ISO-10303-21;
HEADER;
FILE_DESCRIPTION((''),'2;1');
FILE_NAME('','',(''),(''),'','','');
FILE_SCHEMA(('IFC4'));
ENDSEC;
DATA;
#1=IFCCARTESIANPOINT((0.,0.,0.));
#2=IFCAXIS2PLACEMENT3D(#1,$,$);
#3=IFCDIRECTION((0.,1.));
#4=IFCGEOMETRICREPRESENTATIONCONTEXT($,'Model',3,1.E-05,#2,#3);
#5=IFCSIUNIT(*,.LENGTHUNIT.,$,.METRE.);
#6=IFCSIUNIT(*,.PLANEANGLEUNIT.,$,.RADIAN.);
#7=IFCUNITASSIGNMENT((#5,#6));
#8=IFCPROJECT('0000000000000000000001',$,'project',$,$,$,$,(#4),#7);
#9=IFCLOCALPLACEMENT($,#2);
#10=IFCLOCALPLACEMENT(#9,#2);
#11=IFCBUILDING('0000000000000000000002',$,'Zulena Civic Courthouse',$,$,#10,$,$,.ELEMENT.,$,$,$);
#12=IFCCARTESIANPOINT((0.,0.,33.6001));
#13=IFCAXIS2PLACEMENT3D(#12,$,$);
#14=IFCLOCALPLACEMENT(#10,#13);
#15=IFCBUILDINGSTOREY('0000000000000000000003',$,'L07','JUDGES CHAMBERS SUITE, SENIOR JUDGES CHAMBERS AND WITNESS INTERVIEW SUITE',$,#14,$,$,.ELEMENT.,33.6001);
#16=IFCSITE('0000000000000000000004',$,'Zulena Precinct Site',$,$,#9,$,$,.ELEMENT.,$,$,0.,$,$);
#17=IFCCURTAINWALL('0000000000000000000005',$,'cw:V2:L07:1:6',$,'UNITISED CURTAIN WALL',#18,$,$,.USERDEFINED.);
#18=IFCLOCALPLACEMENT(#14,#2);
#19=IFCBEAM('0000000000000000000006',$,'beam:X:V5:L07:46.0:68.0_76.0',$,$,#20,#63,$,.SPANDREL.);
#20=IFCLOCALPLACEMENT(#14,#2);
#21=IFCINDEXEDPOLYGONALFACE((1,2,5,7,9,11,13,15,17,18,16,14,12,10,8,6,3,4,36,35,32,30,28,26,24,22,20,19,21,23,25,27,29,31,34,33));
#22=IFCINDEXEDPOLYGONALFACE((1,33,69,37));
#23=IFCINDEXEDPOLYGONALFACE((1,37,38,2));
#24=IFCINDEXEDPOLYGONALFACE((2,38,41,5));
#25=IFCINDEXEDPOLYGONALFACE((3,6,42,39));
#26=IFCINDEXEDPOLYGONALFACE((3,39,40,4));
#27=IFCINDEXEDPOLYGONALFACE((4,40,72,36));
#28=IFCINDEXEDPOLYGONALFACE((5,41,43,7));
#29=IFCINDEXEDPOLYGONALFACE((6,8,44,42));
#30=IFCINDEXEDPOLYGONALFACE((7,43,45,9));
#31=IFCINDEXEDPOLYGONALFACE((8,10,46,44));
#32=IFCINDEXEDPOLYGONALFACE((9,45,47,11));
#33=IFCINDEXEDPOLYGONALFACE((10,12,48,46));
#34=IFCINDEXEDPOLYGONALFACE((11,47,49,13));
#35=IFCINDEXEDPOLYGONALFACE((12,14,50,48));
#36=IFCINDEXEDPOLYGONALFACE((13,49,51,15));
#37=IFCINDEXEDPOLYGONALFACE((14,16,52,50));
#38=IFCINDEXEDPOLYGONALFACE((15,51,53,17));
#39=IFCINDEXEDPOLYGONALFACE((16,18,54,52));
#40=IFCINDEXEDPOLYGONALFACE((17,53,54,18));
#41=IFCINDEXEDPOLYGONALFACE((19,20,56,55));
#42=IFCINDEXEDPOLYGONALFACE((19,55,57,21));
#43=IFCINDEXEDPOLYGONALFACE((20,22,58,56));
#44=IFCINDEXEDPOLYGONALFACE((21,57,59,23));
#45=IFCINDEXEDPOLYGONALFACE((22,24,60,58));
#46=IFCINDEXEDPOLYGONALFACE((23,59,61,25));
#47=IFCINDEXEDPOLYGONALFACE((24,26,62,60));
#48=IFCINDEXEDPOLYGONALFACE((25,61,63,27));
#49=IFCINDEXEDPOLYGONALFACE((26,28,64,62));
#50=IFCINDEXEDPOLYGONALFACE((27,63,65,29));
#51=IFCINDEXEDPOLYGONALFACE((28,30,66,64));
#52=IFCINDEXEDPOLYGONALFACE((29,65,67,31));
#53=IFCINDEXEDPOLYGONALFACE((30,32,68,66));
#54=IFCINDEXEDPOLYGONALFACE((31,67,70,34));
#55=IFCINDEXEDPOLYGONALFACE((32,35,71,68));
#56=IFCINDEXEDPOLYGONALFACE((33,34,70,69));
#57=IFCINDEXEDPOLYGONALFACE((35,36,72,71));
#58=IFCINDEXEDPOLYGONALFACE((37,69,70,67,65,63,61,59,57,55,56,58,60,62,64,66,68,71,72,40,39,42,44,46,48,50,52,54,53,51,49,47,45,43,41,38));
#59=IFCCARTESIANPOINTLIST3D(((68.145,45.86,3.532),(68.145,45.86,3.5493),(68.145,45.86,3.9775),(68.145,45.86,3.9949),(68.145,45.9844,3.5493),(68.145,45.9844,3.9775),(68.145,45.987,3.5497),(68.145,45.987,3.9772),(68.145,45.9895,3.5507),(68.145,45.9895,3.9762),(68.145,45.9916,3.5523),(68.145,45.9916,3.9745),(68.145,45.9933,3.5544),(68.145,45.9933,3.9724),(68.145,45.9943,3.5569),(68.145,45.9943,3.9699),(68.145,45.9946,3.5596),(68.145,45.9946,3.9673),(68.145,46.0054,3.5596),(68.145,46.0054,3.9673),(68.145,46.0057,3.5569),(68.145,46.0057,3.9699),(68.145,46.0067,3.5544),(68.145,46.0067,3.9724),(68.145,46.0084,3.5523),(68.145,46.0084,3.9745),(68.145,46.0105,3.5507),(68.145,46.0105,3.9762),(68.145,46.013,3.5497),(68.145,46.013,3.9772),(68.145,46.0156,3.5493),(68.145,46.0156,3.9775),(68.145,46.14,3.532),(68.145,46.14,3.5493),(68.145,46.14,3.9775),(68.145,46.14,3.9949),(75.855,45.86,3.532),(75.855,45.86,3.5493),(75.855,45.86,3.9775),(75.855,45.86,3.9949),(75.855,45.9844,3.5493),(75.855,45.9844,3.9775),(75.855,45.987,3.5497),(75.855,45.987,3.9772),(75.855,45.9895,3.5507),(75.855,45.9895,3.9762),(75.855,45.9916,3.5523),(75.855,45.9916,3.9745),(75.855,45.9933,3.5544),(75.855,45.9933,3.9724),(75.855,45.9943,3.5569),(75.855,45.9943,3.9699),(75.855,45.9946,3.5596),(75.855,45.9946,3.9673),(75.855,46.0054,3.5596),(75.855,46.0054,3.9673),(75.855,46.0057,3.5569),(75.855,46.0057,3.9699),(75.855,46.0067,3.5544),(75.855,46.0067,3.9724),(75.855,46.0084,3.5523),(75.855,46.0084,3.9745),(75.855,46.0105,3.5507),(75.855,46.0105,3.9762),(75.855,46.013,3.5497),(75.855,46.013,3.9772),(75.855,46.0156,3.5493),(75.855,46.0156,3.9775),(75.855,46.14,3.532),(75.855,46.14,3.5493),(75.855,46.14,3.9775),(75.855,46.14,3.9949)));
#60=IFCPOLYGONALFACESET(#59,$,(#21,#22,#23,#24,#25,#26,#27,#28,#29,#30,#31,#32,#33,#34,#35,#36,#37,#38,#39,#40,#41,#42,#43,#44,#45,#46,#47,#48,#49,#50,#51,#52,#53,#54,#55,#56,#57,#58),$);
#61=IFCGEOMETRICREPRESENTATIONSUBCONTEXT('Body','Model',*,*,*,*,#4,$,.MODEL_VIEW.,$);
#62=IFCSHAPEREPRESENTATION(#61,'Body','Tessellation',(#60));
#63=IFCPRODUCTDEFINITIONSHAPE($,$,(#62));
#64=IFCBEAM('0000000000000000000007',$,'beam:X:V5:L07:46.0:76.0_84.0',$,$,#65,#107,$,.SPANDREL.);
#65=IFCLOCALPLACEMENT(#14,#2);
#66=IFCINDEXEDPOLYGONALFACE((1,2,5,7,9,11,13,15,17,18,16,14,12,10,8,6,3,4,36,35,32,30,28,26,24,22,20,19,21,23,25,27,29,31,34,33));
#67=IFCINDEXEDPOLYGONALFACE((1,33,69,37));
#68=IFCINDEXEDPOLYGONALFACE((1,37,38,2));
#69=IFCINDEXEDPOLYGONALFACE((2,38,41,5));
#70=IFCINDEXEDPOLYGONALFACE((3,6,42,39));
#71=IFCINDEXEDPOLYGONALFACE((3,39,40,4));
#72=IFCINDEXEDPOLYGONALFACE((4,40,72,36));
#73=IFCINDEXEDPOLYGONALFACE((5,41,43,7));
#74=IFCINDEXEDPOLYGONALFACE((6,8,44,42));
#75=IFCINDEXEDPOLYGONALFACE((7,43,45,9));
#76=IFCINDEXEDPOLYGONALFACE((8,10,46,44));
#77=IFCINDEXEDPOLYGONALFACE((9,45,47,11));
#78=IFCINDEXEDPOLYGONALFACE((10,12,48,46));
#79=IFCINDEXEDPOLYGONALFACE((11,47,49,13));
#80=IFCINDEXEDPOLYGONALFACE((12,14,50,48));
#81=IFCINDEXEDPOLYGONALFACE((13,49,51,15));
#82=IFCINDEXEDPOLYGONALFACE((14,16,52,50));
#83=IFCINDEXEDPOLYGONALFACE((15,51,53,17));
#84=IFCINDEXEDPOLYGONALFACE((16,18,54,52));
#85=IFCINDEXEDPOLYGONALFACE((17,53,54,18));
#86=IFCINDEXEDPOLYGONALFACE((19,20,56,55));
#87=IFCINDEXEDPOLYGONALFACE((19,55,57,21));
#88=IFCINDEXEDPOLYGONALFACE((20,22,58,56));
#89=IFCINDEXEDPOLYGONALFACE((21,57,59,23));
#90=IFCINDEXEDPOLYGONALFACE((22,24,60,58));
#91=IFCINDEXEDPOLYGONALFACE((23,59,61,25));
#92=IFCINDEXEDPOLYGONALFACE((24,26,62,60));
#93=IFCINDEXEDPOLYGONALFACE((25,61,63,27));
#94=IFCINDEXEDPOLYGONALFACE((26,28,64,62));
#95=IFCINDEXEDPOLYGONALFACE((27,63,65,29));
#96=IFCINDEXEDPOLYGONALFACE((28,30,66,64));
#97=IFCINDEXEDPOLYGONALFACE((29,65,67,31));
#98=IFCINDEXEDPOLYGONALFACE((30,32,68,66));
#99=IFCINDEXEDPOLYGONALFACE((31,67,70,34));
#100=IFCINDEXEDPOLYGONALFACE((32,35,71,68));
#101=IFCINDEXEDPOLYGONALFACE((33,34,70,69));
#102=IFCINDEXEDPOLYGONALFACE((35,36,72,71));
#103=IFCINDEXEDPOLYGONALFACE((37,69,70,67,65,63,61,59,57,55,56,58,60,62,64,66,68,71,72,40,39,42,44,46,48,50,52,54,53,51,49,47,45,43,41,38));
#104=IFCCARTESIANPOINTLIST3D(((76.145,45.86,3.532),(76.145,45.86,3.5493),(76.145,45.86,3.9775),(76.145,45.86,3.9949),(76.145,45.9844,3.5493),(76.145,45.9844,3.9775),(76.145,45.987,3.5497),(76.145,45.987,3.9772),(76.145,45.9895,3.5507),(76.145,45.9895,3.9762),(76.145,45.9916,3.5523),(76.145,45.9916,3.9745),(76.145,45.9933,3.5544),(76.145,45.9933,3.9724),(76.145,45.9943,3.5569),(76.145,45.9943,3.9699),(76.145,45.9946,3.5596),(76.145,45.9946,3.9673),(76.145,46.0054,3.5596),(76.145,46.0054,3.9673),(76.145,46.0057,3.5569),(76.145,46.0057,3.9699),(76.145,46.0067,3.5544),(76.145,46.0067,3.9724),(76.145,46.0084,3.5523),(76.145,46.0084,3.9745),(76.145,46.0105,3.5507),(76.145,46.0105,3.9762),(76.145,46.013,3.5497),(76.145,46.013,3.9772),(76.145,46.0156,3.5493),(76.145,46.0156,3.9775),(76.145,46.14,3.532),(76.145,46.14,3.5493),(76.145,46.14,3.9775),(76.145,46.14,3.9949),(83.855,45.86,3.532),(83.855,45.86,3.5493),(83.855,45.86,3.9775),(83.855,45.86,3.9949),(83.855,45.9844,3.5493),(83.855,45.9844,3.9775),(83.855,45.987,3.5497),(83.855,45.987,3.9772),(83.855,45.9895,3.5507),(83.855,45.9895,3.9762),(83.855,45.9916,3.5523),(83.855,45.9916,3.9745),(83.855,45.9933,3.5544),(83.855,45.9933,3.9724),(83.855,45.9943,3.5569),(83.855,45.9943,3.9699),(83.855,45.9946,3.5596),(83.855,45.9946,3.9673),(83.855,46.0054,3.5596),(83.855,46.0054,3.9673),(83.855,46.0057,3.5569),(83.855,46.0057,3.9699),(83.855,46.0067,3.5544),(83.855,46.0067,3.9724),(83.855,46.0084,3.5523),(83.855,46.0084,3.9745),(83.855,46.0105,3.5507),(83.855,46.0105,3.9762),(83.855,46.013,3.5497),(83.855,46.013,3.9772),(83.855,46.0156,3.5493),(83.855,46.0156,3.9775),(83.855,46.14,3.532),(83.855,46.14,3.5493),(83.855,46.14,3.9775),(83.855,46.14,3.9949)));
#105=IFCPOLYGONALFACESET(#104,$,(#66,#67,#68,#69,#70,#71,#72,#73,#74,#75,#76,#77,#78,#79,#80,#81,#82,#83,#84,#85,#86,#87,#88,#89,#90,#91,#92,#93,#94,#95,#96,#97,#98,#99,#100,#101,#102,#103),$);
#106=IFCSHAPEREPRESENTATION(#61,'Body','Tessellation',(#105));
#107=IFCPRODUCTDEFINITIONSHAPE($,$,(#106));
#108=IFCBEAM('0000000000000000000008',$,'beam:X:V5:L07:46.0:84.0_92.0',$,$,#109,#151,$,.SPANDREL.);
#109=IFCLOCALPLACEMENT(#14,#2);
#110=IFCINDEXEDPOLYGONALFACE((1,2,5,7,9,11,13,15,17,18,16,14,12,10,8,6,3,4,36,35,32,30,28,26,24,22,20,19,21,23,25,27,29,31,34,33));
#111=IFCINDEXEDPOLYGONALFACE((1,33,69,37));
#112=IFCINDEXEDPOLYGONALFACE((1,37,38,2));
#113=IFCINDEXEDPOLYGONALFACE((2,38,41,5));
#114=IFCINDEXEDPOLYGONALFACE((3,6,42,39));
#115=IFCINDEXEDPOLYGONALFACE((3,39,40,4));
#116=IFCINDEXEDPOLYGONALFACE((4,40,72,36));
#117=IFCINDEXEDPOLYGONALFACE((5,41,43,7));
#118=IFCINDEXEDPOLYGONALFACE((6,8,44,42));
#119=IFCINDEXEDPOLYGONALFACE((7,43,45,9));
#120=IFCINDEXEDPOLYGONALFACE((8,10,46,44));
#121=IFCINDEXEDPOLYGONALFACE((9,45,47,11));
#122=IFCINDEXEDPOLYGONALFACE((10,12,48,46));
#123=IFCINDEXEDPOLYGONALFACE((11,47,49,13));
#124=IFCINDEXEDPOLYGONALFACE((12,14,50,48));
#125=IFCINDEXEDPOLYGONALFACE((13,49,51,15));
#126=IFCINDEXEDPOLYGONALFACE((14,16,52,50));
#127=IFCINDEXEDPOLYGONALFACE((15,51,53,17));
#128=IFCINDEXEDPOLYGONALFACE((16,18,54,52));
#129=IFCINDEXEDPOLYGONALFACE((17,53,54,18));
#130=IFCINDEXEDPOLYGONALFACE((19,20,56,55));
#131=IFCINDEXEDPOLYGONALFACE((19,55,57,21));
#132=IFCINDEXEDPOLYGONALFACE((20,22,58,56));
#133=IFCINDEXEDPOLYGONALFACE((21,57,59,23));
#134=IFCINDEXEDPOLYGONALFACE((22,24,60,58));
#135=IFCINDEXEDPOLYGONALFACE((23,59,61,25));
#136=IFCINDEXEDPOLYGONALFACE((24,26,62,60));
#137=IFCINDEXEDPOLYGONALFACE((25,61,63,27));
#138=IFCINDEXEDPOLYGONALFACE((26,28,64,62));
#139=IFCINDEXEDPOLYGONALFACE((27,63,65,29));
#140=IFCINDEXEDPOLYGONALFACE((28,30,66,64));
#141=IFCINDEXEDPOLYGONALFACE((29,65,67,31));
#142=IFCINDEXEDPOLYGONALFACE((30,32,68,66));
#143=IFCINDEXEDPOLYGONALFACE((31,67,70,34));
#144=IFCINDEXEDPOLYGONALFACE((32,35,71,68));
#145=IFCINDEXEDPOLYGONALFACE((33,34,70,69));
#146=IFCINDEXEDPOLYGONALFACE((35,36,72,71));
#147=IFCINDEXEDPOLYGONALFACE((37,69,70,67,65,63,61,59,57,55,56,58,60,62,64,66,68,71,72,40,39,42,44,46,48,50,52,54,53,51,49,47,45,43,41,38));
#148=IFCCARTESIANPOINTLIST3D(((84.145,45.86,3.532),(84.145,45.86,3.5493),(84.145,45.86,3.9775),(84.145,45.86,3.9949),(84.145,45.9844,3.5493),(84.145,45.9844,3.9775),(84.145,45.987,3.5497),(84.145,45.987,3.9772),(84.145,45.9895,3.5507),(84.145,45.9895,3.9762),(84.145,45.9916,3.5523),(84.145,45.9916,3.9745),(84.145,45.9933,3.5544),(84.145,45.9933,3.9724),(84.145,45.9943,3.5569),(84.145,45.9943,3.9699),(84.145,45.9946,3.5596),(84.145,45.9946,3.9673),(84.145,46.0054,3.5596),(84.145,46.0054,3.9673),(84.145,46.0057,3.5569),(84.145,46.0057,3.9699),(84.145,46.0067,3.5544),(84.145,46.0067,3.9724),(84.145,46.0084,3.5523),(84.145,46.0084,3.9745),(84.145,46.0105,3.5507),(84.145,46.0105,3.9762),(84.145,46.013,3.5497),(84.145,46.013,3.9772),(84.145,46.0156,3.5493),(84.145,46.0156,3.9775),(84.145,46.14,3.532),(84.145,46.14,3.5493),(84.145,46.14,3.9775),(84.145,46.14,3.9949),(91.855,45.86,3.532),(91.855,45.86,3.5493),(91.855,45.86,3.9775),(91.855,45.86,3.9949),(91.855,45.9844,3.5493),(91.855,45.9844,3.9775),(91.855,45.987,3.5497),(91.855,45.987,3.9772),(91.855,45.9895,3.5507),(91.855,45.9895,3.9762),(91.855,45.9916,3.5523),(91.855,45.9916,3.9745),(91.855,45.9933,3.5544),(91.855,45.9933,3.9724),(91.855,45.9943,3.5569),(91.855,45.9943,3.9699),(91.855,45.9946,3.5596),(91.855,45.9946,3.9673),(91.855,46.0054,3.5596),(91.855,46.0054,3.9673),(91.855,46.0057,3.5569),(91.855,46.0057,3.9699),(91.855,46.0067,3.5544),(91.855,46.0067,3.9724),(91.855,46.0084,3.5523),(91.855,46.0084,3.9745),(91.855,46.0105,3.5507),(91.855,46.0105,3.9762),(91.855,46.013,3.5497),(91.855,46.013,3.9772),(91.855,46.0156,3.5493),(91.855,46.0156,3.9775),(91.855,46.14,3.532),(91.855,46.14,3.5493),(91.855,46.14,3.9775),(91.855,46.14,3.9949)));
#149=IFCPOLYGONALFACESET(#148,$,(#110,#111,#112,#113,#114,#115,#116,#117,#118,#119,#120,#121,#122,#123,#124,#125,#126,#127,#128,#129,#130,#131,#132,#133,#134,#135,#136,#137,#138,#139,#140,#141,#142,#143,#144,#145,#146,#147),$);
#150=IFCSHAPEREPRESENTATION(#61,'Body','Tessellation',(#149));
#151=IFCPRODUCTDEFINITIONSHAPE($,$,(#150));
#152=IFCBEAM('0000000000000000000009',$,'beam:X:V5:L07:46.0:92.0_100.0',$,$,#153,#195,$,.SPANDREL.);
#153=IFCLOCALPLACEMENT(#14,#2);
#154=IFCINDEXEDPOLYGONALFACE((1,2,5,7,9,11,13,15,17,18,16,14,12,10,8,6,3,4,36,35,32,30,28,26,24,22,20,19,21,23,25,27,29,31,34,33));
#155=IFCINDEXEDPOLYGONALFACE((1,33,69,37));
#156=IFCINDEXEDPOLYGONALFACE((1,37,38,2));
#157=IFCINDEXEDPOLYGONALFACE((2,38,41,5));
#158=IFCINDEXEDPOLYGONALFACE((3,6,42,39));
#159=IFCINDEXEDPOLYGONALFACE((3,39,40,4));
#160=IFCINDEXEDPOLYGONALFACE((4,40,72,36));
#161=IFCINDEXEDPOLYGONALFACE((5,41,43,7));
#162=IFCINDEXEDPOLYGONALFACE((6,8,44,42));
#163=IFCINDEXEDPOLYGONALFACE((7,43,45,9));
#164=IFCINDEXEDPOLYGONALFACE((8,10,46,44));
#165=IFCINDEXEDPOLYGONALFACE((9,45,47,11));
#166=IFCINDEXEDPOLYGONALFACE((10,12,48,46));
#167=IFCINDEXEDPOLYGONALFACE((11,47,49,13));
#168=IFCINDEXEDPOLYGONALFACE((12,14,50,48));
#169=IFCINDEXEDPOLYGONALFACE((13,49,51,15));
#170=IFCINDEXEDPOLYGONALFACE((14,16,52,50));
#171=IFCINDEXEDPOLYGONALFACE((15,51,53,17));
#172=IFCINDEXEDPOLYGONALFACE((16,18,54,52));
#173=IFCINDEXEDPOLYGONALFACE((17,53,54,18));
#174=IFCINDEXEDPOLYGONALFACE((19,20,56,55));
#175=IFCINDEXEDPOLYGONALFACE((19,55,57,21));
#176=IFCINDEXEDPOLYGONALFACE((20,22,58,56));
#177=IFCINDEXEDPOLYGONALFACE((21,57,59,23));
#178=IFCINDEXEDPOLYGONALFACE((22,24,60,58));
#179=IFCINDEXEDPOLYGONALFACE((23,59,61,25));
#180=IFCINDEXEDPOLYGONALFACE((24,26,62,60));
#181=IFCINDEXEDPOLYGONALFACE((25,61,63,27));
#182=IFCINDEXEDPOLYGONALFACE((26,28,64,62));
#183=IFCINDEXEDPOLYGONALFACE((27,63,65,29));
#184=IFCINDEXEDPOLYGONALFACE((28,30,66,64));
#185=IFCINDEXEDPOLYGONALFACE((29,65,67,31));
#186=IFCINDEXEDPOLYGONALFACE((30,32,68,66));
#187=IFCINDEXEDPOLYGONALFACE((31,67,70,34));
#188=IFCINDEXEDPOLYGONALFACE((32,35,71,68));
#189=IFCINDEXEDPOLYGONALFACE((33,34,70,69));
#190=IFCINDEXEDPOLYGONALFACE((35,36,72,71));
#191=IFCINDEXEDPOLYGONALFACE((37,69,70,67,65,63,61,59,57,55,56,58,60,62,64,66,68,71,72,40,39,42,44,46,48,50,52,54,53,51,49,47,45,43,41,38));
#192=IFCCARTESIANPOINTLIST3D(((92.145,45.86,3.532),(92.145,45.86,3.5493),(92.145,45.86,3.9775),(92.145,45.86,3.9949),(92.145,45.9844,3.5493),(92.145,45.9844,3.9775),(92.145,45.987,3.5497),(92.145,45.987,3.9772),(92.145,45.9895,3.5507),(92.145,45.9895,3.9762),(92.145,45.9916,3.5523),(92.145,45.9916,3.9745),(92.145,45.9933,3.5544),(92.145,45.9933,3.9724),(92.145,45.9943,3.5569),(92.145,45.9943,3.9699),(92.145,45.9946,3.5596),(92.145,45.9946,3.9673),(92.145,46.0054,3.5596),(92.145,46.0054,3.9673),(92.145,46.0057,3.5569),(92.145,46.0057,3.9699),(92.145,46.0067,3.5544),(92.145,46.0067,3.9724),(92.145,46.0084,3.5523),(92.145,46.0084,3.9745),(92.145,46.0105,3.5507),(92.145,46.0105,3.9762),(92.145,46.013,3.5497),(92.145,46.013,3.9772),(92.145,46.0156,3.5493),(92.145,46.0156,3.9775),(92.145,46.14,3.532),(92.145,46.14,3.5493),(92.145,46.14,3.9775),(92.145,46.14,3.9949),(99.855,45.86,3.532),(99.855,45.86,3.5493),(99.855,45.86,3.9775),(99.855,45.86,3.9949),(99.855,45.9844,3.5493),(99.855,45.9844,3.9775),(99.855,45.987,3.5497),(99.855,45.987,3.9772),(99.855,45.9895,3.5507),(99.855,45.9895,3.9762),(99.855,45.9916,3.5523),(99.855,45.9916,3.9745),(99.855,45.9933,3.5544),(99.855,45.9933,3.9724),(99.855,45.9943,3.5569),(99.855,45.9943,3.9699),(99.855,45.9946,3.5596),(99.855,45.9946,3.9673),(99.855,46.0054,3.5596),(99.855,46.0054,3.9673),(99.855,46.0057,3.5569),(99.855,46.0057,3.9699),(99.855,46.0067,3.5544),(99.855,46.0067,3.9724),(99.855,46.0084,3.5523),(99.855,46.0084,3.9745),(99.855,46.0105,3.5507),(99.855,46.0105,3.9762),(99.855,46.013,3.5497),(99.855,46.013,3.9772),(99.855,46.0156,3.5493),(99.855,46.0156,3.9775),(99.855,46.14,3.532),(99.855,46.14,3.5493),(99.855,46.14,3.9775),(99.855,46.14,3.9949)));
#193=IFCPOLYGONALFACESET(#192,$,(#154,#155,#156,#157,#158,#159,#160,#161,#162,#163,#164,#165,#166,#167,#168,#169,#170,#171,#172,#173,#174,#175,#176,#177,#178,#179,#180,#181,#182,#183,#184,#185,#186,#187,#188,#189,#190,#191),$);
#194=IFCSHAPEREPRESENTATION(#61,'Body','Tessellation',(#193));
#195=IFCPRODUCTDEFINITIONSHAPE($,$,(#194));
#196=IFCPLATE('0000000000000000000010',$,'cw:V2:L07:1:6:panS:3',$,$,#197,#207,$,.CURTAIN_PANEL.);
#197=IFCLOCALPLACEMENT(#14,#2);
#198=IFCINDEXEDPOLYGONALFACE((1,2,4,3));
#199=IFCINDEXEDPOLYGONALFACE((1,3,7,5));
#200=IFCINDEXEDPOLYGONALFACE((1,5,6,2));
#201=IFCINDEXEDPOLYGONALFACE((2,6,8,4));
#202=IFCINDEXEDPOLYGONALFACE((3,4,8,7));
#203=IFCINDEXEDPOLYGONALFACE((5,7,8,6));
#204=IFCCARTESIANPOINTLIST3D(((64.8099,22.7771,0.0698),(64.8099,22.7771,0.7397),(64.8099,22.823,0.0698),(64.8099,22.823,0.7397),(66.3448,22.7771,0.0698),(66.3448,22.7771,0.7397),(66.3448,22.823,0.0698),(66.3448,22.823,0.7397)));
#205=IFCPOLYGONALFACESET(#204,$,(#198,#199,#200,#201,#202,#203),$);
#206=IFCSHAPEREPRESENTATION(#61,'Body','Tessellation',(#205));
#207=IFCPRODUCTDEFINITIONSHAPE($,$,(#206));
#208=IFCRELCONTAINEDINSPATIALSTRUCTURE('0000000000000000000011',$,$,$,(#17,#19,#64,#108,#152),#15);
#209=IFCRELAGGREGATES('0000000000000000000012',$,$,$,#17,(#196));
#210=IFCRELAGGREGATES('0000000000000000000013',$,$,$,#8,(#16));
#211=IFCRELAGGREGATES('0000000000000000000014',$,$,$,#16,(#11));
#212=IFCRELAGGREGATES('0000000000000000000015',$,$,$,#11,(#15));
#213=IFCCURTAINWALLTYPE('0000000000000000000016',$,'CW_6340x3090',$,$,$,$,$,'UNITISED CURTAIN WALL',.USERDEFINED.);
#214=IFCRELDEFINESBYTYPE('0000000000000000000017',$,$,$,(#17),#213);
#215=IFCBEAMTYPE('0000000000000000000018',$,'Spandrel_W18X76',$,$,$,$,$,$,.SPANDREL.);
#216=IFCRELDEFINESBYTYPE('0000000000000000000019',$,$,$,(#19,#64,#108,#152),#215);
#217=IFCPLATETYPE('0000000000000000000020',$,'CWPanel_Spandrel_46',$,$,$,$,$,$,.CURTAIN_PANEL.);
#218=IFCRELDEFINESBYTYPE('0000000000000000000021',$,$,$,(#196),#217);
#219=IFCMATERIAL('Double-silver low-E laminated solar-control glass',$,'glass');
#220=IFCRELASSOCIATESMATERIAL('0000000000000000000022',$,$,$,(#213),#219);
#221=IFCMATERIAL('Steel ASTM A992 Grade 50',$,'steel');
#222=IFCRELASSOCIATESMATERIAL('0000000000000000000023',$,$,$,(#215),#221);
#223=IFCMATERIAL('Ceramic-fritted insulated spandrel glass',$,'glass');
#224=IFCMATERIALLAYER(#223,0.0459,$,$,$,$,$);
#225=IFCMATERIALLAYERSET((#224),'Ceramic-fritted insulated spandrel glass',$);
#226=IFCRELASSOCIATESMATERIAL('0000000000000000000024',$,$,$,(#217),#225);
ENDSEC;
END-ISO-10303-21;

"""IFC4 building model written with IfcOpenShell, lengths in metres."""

from ifc_helpers import new_model, si_unit, direction, frame, origin, origin_2d, place, context, subcontext, project, spatial, rectangle, i_section, extrude, material, layer, layer_set, material_profile, profile_set, type_object, element, aggregate, save


model = new_model("IFC4")

# Units and contexts
model_context = context("Model", 3, precision=1e-05, world=origin(), true_north=direction((0.0, 1.0)))
body_context = subcontext(model_context, "Body", "Model", "MODEL_VIEW")
ifc_project = project(units=[si_unit("LENGTHUNIT", "METRE"), si_unit("PLANEANGLEUNIT", "RADIAN")], contexts=[model_context])

# Site, building, storey
site_placement = place(None, origin())
site = spatial("IfcSite", under=ifc_project, at=site_placement, Name="Zulena Precinct Site", CompositionType="ELEMENT", RefElevation=0.0)
building_placement = place(site_placement, origin())
building = spatial("IfcBuilding", under=site, at=building_placement, Name="Zulena Civic Courthouse", CompositionType="ELEMENT")
storey_placement = place(building_placement, frame((0.0, 0.0, 33.6001)))
storey = spatial("IfcBuildingStorey", under=building, at=storey_placement, Name="L07", Description="JUDGES CHAMBERS SUITE, SENIOR JUDGES CHAMBERS AND WITNESS INTERVIEW SUITE", CompositionType="ELEMENT", Elevation=33.6001)

# Shared definitions
ifc_material_1 = material(Name="Steel ASTM A992 Grade 50", Category="steel")

# Curtain wall
ifc_material_2 = material(Name="Double-silver low-E laminated solar-control glass", Category="glass")
curtain_wall_type = type_object("IfcCurtainWallType", Name="CW_6340x3090", ElementType="UNITISED CURTAIN WALL", PredefinedType="USERDEFINED", material=ifc_material_2)
curtain_wall_placement = place(storey_placement, origin())
curtain_wall = element("IfcCurtainWall", 1, at=curtain_wall_placement, inside=storey, type_object=curtain_wall_type, Name="cw:V2:L07:1:6", ObjectType="UNITISED CURTAIN WALL", PredefinedType="USERDEFINED")

# Beams
ifc_material_profile_1 = material_profile(ifc_material_1, i_section(OverallWidth=0.28, OverallDepth=0.4629, WebThickness=0.0107, FlangeThickness=0.0173, FilletRadius=0.0103, at=origin_2d()), Name="W18X76")
ifc_profile_set_1 = profile_set([ifc_material_profile_1], Name="Steel ASTM A992 Grade 50")
beam_type_1 = type_object("IfcBeamType", Name="Spandrel_W18X76", PredefinedType="SPANDREL", material=ifc_profile_set_1)
for number, where, z_axis, x_axis, name in (
    (2, (68.145, 46.0, 3.7634), (1.0, 0.0, 0.0), (0.0, 1.0, 0.0), "beam:X:V5:L07:46.0:68.0_76.0"),
    (3, (76.145, 46.0, 3.7634), (1.0, 0.0, 0.0), (0.0, 1.0, 0.0), "beam:X:V5:L07:46.0:76.0_84.0"),
    (4, (84.145, 46.0, 3.7634), (1.0, 0.0, 0.0), (0.0, 1.0, 0.0), "beam:X:V5:L07:46.0:84.0_92.0"),
    (5, (92.145, 46.0, 3.7634), (1.0, 0.0, 0.0), (0.0, 1.0, 0.0), "beam:X:V5:L07:46.0:92.0_100.0"),
):
    element("IfcBeam", number, at=place(storey_placement, frame(where, z_axis=z_axis, x_axis=x_axis)), inside=storey, type_object=beam_type_1, Name=name, PredefinedType="SPANDREL", context=body_context, shape_type="SweptSolid", body=[
        extrude(i_section(OverallWidth=0.28, OverallDepth=0.4629, WebThickness=0.0107, FlangeThickness=0.0173, FilletRadius=0.0103, at=origin_2d()), origin(), (0.0, 0.0, 1.0), 7.71),
    ])

# Plate
ifc_material_3 = material(Name="Ceramic-fritted insulated spandrel glass", Category="glass")
ifc_layer_1 = layer(ifc_material_3, 0.0459)
ifc_layer_set_1 = layer_set([ifc_layer_1], Name="Ceramic-fritted insulated spandrel glass")
plate_type = type_object("IfcPlateType", Name="CWPanel_Spandrel_46", PredefinedType="CURTAIN_PANEL", material=ifc_layer_set_1)
plate_placement = place(storey_placement, frame((65.5774, 22.8, 0.0698), z_axis=(0.0, 0.0, 1.0), x_axis=(1.0, 0.0, 0.0)))
plate = element("IfcPlate", 6, at=plate_placement, type_object=plate_type, Name="cw:V2:L07:1:6:panS:3", PredefinedType="CURTAIN_PANEL", context=body_context, shape_type="SweptSolid", body=[
    extrude(rectangle(XDim=1.5349, YDim=0.0459, at=origin_2d()), origin(), (0.0, 0.0, 1.0), 0.6699),
])
aggregate(curtain_wall, [plate])

save(model, "model.ifc")
